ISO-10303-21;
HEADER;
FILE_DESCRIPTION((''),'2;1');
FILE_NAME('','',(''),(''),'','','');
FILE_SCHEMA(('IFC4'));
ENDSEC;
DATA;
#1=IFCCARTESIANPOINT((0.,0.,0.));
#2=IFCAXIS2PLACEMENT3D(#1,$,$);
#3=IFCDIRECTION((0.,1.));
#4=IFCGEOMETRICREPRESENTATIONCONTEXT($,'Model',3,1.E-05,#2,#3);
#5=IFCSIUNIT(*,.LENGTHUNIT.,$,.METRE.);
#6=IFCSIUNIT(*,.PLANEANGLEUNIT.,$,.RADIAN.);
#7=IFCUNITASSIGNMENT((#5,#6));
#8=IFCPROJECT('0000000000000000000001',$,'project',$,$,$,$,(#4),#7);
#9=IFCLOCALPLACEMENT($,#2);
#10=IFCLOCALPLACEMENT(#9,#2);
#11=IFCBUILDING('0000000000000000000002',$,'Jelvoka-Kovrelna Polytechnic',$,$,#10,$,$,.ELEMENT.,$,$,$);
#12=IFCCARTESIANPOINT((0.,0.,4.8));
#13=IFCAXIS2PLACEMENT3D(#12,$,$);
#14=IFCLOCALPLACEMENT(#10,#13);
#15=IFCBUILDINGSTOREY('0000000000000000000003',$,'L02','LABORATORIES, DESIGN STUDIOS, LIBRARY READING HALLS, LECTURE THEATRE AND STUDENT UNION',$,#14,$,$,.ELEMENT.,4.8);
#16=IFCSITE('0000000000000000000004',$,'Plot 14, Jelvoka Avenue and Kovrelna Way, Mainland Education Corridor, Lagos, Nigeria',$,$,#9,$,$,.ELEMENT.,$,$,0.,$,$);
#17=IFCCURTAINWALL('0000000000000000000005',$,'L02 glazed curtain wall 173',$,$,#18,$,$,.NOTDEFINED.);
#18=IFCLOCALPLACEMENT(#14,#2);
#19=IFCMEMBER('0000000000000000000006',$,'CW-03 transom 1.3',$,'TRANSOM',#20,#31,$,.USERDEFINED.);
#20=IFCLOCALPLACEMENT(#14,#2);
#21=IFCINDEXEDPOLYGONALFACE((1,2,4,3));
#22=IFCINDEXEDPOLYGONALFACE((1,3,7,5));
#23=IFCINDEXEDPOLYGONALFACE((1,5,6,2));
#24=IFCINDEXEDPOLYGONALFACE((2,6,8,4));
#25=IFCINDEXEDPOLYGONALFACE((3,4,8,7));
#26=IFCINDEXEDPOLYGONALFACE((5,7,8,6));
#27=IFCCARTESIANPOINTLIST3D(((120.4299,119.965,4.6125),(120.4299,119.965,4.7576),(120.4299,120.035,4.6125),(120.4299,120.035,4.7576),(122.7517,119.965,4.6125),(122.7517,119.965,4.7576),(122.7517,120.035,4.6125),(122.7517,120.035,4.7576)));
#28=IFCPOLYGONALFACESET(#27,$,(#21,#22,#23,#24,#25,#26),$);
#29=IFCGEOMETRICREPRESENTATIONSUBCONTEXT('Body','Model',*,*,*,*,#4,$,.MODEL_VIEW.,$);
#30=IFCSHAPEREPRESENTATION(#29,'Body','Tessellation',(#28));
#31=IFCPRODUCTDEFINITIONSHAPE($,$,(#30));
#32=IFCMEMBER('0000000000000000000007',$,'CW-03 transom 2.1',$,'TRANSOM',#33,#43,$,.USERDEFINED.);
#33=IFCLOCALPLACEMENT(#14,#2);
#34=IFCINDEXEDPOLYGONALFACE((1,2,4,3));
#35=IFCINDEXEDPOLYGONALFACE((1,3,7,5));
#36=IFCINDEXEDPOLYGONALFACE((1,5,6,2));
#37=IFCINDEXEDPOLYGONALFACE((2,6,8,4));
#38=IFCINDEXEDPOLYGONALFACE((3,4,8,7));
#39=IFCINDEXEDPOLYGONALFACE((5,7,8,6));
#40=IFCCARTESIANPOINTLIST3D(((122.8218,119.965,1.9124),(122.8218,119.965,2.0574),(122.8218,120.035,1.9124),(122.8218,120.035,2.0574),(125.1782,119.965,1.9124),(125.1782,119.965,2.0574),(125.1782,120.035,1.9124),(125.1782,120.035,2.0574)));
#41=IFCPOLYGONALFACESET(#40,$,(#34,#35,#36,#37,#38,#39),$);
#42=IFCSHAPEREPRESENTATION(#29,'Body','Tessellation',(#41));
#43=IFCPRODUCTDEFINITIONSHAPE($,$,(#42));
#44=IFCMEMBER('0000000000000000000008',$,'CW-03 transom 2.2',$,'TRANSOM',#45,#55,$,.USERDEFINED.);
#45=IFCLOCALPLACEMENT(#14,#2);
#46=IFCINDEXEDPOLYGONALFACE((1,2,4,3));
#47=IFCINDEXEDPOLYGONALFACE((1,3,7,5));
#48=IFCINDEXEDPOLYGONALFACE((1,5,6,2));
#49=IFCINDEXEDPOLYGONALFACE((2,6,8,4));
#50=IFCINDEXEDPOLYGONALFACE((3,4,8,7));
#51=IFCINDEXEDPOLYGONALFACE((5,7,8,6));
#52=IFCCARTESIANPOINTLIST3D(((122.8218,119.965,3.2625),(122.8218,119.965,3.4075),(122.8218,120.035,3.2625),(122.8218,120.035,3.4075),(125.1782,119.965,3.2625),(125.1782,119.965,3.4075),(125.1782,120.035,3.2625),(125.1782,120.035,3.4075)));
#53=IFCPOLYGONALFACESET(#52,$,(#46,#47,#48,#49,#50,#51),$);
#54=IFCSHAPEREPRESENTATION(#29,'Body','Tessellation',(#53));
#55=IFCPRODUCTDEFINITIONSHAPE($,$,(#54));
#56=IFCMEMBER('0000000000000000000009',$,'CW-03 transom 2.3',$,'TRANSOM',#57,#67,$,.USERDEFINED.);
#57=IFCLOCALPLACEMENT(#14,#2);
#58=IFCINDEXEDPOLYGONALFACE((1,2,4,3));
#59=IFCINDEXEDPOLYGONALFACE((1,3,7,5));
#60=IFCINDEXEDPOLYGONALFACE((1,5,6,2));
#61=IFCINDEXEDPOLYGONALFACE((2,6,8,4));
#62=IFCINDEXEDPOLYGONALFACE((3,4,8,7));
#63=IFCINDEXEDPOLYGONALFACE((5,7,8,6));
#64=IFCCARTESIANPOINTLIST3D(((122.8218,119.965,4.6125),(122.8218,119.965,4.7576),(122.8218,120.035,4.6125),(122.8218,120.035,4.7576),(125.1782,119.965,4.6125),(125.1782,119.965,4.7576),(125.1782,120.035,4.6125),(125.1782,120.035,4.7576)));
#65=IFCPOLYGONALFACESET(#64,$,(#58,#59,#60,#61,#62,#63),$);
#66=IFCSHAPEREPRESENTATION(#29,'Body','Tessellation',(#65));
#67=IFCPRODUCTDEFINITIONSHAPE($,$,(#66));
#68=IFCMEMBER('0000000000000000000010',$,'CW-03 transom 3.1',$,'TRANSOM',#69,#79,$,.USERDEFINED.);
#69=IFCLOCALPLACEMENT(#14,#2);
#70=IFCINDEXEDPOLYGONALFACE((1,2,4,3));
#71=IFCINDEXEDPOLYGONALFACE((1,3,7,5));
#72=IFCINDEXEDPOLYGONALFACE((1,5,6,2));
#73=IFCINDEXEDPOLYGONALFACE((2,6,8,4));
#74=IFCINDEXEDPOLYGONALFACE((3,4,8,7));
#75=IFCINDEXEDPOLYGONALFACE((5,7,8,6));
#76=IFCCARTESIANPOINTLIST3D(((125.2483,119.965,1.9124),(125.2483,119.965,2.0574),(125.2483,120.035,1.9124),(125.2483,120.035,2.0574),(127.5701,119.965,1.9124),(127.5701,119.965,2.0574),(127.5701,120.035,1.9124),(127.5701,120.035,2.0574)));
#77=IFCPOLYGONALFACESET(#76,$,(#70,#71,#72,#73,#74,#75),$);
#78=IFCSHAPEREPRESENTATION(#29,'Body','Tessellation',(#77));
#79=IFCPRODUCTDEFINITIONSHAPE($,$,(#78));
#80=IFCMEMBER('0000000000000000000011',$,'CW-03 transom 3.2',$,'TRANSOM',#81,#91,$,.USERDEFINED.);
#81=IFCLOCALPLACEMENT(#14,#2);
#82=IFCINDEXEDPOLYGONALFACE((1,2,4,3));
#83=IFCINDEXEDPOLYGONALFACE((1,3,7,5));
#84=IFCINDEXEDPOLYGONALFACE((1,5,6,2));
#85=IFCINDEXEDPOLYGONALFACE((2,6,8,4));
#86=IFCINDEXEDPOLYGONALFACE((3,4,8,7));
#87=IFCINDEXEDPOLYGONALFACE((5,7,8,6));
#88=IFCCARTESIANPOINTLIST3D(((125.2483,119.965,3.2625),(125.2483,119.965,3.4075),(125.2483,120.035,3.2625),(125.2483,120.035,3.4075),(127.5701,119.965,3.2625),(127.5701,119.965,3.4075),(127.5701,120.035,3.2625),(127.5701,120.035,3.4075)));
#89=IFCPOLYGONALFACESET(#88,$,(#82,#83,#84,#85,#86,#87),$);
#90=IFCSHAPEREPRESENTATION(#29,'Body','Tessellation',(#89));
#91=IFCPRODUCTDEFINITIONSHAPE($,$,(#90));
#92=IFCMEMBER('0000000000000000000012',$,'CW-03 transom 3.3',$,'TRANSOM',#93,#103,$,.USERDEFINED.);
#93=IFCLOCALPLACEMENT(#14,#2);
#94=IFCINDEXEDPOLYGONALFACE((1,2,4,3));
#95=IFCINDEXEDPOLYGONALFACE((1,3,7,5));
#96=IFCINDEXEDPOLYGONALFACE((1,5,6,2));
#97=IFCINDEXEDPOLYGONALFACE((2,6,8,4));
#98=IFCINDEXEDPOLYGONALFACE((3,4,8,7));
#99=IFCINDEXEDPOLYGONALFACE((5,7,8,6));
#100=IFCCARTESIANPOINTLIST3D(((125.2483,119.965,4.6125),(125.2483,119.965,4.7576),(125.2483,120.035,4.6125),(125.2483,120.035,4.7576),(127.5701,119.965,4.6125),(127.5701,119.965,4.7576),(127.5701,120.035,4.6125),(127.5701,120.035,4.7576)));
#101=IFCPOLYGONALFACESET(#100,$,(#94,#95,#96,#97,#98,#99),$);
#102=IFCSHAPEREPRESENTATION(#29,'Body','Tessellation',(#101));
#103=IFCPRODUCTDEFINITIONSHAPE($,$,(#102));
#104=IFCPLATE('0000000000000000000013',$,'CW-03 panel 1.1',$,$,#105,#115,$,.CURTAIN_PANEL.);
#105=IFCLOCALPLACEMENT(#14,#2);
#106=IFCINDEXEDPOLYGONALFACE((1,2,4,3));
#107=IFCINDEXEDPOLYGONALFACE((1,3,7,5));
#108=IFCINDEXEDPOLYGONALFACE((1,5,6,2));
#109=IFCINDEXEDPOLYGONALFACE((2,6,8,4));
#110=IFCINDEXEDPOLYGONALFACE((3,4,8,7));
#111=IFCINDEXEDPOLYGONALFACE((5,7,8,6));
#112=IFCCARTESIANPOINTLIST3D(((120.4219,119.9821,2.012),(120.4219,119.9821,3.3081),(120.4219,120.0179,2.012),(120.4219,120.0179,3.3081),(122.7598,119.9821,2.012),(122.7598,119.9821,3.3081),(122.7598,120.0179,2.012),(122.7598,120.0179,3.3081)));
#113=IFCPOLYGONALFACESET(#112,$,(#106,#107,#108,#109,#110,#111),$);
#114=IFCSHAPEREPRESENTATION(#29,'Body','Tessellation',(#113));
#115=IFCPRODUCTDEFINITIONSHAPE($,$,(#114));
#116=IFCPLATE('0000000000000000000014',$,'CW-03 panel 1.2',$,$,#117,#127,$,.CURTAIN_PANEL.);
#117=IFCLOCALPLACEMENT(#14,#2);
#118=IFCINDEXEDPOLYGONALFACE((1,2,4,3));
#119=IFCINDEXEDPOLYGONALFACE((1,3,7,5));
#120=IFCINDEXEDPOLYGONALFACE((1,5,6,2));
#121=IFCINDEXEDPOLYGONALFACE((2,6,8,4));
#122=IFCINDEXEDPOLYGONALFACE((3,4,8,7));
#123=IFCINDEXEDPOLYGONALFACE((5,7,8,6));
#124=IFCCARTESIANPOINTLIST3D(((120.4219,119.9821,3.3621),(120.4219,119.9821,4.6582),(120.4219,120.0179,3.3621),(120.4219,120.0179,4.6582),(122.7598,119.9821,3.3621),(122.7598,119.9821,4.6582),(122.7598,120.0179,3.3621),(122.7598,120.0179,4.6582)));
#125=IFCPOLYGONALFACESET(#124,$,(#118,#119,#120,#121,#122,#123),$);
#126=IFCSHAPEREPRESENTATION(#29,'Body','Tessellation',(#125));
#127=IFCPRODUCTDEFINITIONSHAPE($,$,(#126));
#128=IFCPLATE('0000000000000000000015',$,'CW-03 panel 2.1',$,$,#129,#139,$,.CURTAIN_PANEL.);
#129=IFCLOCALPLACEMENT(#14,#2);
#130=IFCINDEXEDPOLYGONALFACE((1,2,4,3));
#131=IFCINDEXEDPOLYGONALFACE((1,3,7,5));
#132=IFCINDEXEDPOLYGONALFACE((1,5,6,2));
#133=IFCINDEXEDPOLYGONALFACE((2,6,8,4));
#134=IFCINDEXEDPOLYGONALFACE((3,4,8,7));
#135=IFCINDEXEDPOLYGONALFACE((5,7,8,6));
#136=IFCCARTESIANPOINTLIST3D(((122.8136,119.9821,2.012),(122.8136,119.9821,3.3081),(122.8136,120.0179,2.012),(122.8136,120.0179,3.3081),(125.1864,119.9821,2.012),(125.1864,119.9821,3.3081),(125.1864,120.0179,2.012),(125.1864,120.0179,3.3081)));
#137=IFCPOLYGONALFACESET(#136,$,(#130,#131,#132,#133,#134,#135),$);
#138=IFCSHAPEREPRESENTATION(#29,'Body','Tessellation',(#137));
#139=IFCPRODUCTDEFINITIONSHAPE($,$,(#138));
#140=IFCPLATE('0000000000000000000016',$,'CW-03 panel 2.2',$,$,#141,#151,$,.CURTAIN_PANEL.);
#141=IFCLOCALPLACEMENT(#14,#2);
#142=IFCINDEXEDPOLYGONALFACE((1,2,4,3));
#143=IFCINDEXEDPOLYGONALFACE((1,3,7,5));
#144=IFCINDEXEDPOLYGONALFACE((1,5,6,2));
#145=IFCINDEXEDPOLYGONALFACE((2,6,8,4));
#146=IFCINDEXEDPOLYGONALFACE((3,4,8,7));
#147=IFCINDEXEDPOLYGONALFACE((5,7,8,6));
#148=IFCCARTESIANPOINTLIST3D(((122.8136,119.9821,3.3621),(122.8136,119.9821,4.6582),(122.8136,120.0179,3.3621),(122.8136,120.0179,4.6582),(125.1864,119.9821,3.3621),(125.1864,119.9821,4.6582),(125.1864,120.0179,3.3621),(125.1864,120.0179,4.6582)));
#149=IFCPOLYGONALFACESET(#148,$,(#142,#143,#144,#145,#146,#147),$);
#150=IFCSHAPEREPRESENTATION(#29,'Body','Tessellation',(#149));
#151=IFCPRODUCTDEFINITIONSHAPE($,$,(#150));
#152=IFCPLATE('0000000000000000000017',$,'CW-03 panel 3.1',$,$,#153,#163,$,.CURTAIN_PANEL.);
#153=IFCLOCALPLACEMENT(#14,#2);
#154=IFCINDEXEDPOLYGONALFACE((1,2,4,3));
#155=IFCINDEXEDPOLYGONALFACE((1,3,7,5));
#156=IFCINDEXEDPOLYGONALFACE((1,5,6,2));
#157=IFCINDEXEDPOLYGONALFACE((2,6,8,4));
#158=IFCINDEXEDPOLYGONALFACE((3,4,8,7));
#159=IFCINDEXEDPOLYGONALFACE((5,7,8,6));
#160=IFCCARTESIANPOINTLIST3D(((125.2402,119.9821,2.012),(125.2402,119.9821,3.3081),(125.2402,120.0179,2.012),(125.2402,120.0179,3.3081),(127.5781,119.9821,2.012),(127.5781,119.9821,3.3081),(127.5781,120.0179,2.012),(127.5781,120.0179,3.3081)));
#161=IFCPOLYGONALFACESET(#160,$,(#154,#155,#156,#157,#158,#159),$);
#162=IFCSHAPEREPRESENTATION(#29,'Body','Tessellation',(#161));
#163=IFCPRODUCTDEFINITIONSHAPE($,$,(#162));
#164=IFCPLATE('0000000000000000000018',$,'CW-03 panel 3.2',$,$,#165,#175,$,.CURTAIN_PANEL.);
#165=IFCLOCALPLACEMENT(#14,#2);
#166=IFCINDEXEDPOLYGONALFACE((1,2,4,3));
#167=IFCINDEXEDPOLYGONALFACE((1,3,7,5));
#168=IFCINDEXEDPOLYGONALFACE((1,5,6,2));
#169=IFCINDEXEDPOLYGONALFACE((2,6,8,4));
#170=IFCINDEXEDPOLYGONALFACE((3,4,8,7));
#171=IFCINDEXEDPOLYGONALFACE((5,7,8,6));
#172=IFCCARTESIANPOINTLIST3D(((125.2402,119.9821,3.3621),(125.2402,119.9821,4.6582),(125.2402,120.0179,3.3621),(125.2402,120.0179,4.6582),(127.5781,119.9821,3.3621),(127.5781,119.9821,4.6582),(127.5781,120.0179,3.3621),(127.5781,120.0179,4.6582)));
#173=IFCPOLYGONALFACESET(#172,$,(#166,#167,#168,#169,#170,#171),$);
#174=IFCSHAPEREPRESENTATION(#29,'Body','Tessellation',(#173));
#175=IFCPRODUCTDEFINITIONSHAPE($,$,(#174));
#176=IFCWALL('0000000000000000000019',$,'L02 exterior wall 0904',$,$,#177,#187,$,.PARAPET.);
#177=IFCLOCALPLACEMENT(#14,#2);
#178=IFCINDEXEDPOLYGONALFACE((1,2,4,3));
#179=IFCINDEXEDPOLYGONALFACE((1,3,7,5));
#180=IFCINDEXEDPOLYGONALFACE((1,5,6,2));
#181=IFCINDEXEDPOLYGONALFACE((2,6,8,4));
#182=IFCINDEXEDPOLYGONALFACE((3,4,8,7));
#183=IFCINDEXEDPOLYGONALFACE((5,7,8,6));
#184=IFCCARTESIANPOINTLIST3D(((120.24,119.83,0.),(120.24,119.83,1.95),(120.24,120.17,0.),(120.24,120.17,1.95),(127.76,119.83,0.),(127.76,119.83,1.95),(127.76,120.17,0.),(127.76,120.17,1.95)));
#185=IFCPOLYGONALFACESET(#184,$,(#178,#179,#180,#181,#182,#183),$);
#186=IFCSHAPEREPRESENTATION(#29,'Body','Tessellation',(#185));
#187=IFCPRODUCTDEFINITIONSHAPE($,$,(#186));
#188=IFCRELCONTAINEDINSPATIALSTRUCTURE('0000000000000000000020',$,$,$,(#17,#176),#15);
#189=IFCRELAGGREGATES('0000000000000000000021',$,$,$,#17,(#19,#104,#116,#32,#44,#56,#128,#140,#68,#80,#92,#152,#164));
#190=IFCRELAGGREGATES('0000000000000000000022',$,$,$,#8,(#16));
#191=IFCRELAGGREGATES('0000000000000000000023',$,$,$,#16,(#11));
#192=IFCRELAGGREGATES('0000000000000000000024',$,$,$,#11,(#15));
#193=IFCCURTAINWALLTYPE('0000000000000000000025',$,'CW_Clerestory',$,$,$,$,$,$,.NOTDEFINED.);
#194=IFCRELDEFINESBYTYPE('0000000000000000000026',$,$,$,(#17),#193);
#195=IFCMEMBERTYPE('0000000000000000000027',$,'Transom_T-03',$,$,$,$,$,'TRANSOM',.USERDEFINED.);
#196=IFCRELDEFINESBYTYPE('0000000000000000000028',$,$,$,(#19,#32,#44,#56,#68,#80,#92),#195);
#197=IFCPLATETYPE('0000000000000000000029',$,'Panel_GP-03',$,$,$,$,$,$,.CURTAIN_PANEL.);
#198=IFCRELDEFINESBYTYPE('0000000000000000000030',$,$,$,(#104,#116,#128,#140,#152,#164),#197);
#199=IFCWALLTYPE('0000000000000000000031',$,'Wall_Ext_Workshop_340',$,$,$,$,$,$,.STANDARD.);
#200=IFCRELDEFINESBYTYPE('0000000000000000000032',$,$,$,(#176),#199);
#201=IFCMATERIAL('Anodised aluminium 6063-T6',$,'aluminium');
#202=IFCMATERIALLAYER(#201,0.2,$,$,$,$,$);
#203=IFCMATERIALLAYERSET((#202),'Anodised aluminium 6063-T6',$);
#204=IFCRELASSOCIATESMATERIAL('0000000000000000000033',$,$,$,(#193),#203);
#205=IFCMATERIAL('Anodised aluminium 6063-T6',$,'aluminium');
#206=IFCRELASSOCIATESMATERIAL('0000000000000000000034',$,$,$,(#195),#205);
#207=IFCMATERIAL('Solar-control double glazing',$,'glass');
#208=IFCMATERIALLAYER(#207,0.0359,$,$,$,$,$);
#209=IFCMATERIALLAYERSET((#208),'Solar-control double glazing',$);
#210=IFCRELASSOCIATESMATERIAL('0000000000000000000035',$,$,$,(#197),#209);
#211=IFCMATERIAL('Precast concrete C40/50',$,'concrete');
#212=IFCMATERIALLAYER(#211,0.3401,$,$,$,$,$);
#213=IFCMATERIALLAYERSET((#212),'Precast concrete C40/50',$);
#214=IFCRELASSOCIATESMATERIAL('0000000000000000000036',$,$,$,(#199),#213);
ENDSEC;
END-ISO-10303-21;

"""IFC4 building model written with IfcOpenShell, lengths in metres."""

from ifc_helpers import new_model, si_unit, direction, frame, frame_2d, origin, origin_2d, place, context, subcontext, project, spatial, rectangle, extrude, material, layer, layer_set, material_profile, profile_set, type_object, element, aggregate, save


model = new_model("IFC4")

# Units and contexts
model_context = context("Model", 3, precision=1e-05, world=origin(), true_north=direction((0.0, 1.0)))
body_context = subcontext(model_context, "Body", "Model", "MODEL_VIEW")
ifc_project = project(units=[si_unit("LENGTHUNIT", "METRE"), si_unit("PLANEANGLEUNIT", "RADIAN")], contexts=[model_context])

# Site, building, storey
site_placement = place(None, origin())
site = spatial("IfcSite", under=ifc_project, at=site_placement, Name="Plot 14, Jelvoka Avenue and Kovrelna Way, Mainland Education Corridor, Lagos, Nigeria", CompositionType="ELEMENT", RefElevation=0.0)
building_placement = place(site_placement, origin())
building = spatial("IfcBuilding", under=site, at=building_placement, Name="Jelvoka-Kovrelna Polytechnic", CompositionType="ELEMENT")
storey_placement = place(building_placement, frame((0.0, 0.0, 4.8)))
storey = spatial("IfcBuildingStorey", under=building, at=storey_placement, Name="L02", Description="LABORATORIES, DESIGN STUDIOS, LIBRARY READING HALLS, LECTURE THEATRE AND STUDENT UNION", CompositionType="ELEMENT", Elevation=4.8)

# Curtain wall
ifc_material_1 = material(Name="Anodised aluminium 6063-T6", Category="aluminium")
ifc_layer_1 = layer(ifc_material_1, 0.2)
ifc_layer_set_1 = layer_set([ifc_layer_1], Name="Anodised aluminium 6063-T6")
curtain_wall_type = type_object("IfcCurtainWallType", Name="CW_Clerestory", PredefinedType="NOTDEFINED", material=ifc_layer_set_1)
curtain_wall_placement = place(storey_placement, origin())
curtain_wall = element("IfcCurtainWall", 1, at=curtain_wall_placement, inside=storey, type_object=curtain_wall_type, Name="L02 glazed curtain wall 173", PredefinedType="NOTDEFINED")

# Members
ifc_material_2 = material(Name="Anodised aluminium 6063-T6", Category="aluminium")
ifc_material_profile_1 = material_profile(ifc_material_2, rectangle(XDim=0.0701, YDim=0.145, at=origin_2d()), Name="ALU 70x145")
ifc_profile_set_1 = profile_set([ifc_material_profile_1], Name="Anodised aluminium 6063-T6")
member_type_1 = type_object("IfcMemberType", Name="Transom_T-03", ElementType="TRANSOM", PredefinedType="USERDEFINED", material=ifc_profile_set_1)
member_1_placement = place(storey_placement, frame((120.4299, 120.0, 4.6851), z_axis=(1.0, 0.0, 0.0), x_axis=(0.0, 1.0, 0.0)))
member_1 = element("IfcMember", 2, at=member_1_placement, type_object=member_type_1, Name="CW-03 transom 1.3", ObjectType="TRANSOM", PredefinedType="USERDEFINED", context=body_context, shape_type="SweptSolid", body=[
    extrude(rectangle(XDim=0.0701, YDim=0.145, at=origin_2d()), origin(), (0.0, 0.0, 1.0), 2.3218),
])
member_2_placement = place(storey_placement, frame((122.8218, 120.0, 1.9849), z_axis=(1.0, 0.0, 0.0), x_axis=(0.0, 1.0, 0.0)))
member_2 = element("IfcMember", 3, at=member_2_placement, type_object=member_type_1, Name="CW-03 transom 2.1", ObjectType="TRANSOM", PredefinedType="USERDEFINED", context=body_context, shape_type="SweptSolid", body=[
    extrude(rectangle(XDim=0.0701, YDim=0.145, at=origin_2d()), origin(), (0.0, 0.0, 1.0), 2.3564),
])
member_3_placement = place(storey_placement, frame((122.8218, 120.0, 3.335), z_axis=(1.0, 0.0, 0.0), x_axis=(0.0, 1.0, 0.0)))
member_3 = element("IfcMember", 4, at=member_3_placement, type_object=member_type_1, Name="CW-03 transom 2.2", ObjectType="TRANSOM", PredefinedType="USERDEFINED", context=body_context, shape_type="SweptSolid", body=[
    extrude(rectangle(XDim=0.0701, YDim=0.145, at=origin_2d()), origin(), (0.0, 0.0, 1.0), 2.3564),
])
member_4_placement = place(storey_placement, frame((122.8218, 120.0, 4.6851), z_axis=(1.0, 0.0, 0.0), x_axis=(0.0, 1.0, 0.0)))
member_4 = element("IfcMember", 5, at=member_4_placement, type_object=member_type_1, Name="CW-03 transom 2.3", ObjectType="TRANSOM", PredefinedType="USERDEFINED", context=body_context, shape_type="SweptSolid", body=[
    extrude(rectangle(XDim=0.0701, YDim=0.145, at=origin_2d()), origin(), (0.0, 0.0, 1.0), 2.3564),
])
member_5_placement = place(storey_placement, frame((125.2483, 120.0, 1.9849), z_axis=(1.0, 0.0, 0.0), x_axis=(0.0, 1.0, 0.0)))
member_5 = element("IfcMember", 6, at=member_5_placement, type_object=member_type_1, Name="CW-03 transom 3.1", ObjectType="TRANSOM", PredefinedType="USERDEFINED", context=body_context, shape_type="SweptSolid", body=[
    extrude(rectangle(XDim=0.0701, YDim=0.145, at=origin_2d()), origin(), (0.0, 0.0, 1.0), 2.3218),
])
member_6_placement = place(storey_placement, frame((125.2483, 120.0, 3.335), z_axis=(1.0, 0.0, 0.0), x_axis=(0.0, 1.0, 0.0)))
member_6 = element("IfcMember", 7, at=member_6_placement, type_object=member_type_1, Name="CW-03 transom 3.2", ObjectType="TRANSOM", PredefinedType="USERDEFINED", context=body_context, shape_type="SweptSolid", body=[
    extrude(rectangle(XDim=0.0701, YDim=0.145, at=origin_2d()), origin(), (0.0, 0.0, 1.0), 2.3218),
])
member_7_placement = place(storey_placement, frame((125.2483, 120.0, 4.6851), z_axis=(1.0, 0.0, 0.0), x_axis=(0.0, 1.0, 0.0)))
member_7 = element("IfcMember", 8, at=member_7_placement, type_object=member_type_1, Name="CW-03 transom 3.3", ObjectType="TRANSOM", PredefinedType="USERDEFINED", context=body_context, shape_type="SweptSolid", body=[
    extrude(rectangle(XDim=0.0701, YDim=0.145, at=origin_2d()), origin(), (0.0, 0.0, 1.0), 2.3218),
])

# Plates
ifc_material_3 = material(Name="Solar-control double glazing", Category="glass")
ifc_layer_2 = layer(ifc_material_3, 0.0359)
ifc_layer_set_2 = layer_set([ifc_layer_2], Name="Solar-control double glazing")
plate_type = type_object("IfcPlateType", Name="Panel_GP-03", PredefinedType="CURTAIN_PANEL", material=ifc_layer_set_2)
plate_1_placement = place(storey_placement, frame((121.5908, 120.0, 2.012), z_axis=(0.0, 0.0, 1.0), x_axis=(1.0, 0.0, 0.0)))
plate_1 = element("IfcPlate", 9, at=plate_1_placement, type_object=plate_type, Name="CW-03 panel 1.1", PredefinedType="CURTAIN_PANEL", context=body_context, shape_type="SweptSolid", body=[
    extrude(rectangle(XDim=2.3379, YDim=0.0359, at=origin_2d()), origin(), (0.0, 0.0, 1.0), 1.2961),
])
plate_2_placement = place(storey_placement, frame((121.5908, 120.0, 3.3621), z_axis=(0.0, 0.0, 1.0), x_axis=(1.0, 0.0, 0.0)))
plate_2 = element("IfcPlate", 10, at=plate_2_placement, type_object=plate_type, Name="CW-03 panel 1.2", PredefinedType="CURTAIN_PANEL", context=body_context, shape_type="SweptSolid", body=[
    extrude(rectangle(XDim=2.3379, YDim=0.0359, at=origin_2d()), origin(), (0.0, 0.0, 1.0), 1.2961),
])
plate_3_placement = place(storey_placement, frame((124.0, 120.0, 2.012), z_axis=(0.0, 0.0, 1.0), x_axis=(1.0, 0.0, 0.0)))
plate_3 = element("IfcPlate", 11, at=plate_3_placement, type_object=plate_type, Name="CW-03 panel 2.1", PredefinedType="CURTAIN_PANEL", context=body_context, shape_type="SweptSolid", body=[
    extrude(rectangle(XDim=2.3728, YDim=0.0359, at=origin_2d()), origin(), (0.0, 0.0, 1.0), 1.2961),
])
plate_4_placement = place(storey_placement, frame((124.0, 120.0, 3.3621), z_axis=(0.0, 0.0, 1.0), x_axis=(1.0, 0.0, 0.0)))
plate_4 = element("IfcPlate", 12, at=plate_4_placement, type_object=plate_type, Name="CW-03 panel 2.2", PredefinedType="CURTAIN_PANEL", context=body_context, shape_type="SweptSolid", body=[
    extrude(rectangle(XDim=2.3728, YDim=0.0359, at=origin_2d()), origin(), (0.0, 0.0, 1.0), 1.2961),
])
plate_5_placement = place(storey_placement, frame((126.4092, 120.0, 2.012), z_axis=(0.0, 0.0, 1.0), x_axis=(1.0, 0.0, 0.0)))
plate_5 = element("IfcPlate", 13, at=plate_5_placement, type_object=plate_type, Name="CW-03 panel 3.1", PredefinedType="CURTAIN_PANEL", context=body_context, shape_type="SweptSolid", body=[
    extrude(rectangle(XDim=2.3379, YDim=0.0359, at=origin_2d()), origin(), (0.0, 0.0, 1.0), 1.2961),
])
plate_6_placement = place(storey_placement, frame((126.4092, 120.0, 3.3621), z_axis=(0.0, 0.0, 1.0), x_axis=(1.0, 0.0, 0.0)))
plate_6 = element("IfcPlate", 14, at=plate_6_placement, type_object=plate_type, Name="CW-03 panel 3.2", PredefinedType="CURTAIN_PANEL", context=body_context, shape_type="SweptSolid", body=[
    extrude(rectangle(XDim=2.3379, YDim=0.0359, at=origin_2d()), origin(), (0.0, 0.0, 1.0), 1.2961),
])
aggregate(curtain_wall, [member_1, plate_1, plate_2, member_2, member_3, member_4, plate_3, plate_4, member_5, member_6, member_7, plate_5, plate_6])

# Wall
ifc_material_4 = material(Name="Precast concrete C40/50", Category="concrete")
ifc_layer_3 = layer(ifc_material_4, 0.3401)
ifc_layer_set_3 = layer_set([ifc_layer_3], Name="Precast concrete C40/50")
wall_type = type_object("IfcWallType", Name="Wall_Ext_Workshop_340", PredefinedType="STANDARD", material=ifc_layer_set_3)
wall_placement = place(storey_placement, frame((120.24, 120.0, 0.0), z_axis=(0.0, 0.0, 1.0), x_axis=(1.0, 0.0, 0.0)))
element("IfcWall", 15, at=wall_placement, inside=storey, type_object=wall_type, Name="L02 exterior wall 0904", PredefinedType="PARAPET", context=body_context, shape_type="SweptSolid", body=[
    extrude(rectangle(XDim=7.52, YDim=0.3401, at=frame_2d((3.76, 0.0))), origin(), (0.0, 0.0, 1.0), 1.95),
])

save(model, "model.ifc")
